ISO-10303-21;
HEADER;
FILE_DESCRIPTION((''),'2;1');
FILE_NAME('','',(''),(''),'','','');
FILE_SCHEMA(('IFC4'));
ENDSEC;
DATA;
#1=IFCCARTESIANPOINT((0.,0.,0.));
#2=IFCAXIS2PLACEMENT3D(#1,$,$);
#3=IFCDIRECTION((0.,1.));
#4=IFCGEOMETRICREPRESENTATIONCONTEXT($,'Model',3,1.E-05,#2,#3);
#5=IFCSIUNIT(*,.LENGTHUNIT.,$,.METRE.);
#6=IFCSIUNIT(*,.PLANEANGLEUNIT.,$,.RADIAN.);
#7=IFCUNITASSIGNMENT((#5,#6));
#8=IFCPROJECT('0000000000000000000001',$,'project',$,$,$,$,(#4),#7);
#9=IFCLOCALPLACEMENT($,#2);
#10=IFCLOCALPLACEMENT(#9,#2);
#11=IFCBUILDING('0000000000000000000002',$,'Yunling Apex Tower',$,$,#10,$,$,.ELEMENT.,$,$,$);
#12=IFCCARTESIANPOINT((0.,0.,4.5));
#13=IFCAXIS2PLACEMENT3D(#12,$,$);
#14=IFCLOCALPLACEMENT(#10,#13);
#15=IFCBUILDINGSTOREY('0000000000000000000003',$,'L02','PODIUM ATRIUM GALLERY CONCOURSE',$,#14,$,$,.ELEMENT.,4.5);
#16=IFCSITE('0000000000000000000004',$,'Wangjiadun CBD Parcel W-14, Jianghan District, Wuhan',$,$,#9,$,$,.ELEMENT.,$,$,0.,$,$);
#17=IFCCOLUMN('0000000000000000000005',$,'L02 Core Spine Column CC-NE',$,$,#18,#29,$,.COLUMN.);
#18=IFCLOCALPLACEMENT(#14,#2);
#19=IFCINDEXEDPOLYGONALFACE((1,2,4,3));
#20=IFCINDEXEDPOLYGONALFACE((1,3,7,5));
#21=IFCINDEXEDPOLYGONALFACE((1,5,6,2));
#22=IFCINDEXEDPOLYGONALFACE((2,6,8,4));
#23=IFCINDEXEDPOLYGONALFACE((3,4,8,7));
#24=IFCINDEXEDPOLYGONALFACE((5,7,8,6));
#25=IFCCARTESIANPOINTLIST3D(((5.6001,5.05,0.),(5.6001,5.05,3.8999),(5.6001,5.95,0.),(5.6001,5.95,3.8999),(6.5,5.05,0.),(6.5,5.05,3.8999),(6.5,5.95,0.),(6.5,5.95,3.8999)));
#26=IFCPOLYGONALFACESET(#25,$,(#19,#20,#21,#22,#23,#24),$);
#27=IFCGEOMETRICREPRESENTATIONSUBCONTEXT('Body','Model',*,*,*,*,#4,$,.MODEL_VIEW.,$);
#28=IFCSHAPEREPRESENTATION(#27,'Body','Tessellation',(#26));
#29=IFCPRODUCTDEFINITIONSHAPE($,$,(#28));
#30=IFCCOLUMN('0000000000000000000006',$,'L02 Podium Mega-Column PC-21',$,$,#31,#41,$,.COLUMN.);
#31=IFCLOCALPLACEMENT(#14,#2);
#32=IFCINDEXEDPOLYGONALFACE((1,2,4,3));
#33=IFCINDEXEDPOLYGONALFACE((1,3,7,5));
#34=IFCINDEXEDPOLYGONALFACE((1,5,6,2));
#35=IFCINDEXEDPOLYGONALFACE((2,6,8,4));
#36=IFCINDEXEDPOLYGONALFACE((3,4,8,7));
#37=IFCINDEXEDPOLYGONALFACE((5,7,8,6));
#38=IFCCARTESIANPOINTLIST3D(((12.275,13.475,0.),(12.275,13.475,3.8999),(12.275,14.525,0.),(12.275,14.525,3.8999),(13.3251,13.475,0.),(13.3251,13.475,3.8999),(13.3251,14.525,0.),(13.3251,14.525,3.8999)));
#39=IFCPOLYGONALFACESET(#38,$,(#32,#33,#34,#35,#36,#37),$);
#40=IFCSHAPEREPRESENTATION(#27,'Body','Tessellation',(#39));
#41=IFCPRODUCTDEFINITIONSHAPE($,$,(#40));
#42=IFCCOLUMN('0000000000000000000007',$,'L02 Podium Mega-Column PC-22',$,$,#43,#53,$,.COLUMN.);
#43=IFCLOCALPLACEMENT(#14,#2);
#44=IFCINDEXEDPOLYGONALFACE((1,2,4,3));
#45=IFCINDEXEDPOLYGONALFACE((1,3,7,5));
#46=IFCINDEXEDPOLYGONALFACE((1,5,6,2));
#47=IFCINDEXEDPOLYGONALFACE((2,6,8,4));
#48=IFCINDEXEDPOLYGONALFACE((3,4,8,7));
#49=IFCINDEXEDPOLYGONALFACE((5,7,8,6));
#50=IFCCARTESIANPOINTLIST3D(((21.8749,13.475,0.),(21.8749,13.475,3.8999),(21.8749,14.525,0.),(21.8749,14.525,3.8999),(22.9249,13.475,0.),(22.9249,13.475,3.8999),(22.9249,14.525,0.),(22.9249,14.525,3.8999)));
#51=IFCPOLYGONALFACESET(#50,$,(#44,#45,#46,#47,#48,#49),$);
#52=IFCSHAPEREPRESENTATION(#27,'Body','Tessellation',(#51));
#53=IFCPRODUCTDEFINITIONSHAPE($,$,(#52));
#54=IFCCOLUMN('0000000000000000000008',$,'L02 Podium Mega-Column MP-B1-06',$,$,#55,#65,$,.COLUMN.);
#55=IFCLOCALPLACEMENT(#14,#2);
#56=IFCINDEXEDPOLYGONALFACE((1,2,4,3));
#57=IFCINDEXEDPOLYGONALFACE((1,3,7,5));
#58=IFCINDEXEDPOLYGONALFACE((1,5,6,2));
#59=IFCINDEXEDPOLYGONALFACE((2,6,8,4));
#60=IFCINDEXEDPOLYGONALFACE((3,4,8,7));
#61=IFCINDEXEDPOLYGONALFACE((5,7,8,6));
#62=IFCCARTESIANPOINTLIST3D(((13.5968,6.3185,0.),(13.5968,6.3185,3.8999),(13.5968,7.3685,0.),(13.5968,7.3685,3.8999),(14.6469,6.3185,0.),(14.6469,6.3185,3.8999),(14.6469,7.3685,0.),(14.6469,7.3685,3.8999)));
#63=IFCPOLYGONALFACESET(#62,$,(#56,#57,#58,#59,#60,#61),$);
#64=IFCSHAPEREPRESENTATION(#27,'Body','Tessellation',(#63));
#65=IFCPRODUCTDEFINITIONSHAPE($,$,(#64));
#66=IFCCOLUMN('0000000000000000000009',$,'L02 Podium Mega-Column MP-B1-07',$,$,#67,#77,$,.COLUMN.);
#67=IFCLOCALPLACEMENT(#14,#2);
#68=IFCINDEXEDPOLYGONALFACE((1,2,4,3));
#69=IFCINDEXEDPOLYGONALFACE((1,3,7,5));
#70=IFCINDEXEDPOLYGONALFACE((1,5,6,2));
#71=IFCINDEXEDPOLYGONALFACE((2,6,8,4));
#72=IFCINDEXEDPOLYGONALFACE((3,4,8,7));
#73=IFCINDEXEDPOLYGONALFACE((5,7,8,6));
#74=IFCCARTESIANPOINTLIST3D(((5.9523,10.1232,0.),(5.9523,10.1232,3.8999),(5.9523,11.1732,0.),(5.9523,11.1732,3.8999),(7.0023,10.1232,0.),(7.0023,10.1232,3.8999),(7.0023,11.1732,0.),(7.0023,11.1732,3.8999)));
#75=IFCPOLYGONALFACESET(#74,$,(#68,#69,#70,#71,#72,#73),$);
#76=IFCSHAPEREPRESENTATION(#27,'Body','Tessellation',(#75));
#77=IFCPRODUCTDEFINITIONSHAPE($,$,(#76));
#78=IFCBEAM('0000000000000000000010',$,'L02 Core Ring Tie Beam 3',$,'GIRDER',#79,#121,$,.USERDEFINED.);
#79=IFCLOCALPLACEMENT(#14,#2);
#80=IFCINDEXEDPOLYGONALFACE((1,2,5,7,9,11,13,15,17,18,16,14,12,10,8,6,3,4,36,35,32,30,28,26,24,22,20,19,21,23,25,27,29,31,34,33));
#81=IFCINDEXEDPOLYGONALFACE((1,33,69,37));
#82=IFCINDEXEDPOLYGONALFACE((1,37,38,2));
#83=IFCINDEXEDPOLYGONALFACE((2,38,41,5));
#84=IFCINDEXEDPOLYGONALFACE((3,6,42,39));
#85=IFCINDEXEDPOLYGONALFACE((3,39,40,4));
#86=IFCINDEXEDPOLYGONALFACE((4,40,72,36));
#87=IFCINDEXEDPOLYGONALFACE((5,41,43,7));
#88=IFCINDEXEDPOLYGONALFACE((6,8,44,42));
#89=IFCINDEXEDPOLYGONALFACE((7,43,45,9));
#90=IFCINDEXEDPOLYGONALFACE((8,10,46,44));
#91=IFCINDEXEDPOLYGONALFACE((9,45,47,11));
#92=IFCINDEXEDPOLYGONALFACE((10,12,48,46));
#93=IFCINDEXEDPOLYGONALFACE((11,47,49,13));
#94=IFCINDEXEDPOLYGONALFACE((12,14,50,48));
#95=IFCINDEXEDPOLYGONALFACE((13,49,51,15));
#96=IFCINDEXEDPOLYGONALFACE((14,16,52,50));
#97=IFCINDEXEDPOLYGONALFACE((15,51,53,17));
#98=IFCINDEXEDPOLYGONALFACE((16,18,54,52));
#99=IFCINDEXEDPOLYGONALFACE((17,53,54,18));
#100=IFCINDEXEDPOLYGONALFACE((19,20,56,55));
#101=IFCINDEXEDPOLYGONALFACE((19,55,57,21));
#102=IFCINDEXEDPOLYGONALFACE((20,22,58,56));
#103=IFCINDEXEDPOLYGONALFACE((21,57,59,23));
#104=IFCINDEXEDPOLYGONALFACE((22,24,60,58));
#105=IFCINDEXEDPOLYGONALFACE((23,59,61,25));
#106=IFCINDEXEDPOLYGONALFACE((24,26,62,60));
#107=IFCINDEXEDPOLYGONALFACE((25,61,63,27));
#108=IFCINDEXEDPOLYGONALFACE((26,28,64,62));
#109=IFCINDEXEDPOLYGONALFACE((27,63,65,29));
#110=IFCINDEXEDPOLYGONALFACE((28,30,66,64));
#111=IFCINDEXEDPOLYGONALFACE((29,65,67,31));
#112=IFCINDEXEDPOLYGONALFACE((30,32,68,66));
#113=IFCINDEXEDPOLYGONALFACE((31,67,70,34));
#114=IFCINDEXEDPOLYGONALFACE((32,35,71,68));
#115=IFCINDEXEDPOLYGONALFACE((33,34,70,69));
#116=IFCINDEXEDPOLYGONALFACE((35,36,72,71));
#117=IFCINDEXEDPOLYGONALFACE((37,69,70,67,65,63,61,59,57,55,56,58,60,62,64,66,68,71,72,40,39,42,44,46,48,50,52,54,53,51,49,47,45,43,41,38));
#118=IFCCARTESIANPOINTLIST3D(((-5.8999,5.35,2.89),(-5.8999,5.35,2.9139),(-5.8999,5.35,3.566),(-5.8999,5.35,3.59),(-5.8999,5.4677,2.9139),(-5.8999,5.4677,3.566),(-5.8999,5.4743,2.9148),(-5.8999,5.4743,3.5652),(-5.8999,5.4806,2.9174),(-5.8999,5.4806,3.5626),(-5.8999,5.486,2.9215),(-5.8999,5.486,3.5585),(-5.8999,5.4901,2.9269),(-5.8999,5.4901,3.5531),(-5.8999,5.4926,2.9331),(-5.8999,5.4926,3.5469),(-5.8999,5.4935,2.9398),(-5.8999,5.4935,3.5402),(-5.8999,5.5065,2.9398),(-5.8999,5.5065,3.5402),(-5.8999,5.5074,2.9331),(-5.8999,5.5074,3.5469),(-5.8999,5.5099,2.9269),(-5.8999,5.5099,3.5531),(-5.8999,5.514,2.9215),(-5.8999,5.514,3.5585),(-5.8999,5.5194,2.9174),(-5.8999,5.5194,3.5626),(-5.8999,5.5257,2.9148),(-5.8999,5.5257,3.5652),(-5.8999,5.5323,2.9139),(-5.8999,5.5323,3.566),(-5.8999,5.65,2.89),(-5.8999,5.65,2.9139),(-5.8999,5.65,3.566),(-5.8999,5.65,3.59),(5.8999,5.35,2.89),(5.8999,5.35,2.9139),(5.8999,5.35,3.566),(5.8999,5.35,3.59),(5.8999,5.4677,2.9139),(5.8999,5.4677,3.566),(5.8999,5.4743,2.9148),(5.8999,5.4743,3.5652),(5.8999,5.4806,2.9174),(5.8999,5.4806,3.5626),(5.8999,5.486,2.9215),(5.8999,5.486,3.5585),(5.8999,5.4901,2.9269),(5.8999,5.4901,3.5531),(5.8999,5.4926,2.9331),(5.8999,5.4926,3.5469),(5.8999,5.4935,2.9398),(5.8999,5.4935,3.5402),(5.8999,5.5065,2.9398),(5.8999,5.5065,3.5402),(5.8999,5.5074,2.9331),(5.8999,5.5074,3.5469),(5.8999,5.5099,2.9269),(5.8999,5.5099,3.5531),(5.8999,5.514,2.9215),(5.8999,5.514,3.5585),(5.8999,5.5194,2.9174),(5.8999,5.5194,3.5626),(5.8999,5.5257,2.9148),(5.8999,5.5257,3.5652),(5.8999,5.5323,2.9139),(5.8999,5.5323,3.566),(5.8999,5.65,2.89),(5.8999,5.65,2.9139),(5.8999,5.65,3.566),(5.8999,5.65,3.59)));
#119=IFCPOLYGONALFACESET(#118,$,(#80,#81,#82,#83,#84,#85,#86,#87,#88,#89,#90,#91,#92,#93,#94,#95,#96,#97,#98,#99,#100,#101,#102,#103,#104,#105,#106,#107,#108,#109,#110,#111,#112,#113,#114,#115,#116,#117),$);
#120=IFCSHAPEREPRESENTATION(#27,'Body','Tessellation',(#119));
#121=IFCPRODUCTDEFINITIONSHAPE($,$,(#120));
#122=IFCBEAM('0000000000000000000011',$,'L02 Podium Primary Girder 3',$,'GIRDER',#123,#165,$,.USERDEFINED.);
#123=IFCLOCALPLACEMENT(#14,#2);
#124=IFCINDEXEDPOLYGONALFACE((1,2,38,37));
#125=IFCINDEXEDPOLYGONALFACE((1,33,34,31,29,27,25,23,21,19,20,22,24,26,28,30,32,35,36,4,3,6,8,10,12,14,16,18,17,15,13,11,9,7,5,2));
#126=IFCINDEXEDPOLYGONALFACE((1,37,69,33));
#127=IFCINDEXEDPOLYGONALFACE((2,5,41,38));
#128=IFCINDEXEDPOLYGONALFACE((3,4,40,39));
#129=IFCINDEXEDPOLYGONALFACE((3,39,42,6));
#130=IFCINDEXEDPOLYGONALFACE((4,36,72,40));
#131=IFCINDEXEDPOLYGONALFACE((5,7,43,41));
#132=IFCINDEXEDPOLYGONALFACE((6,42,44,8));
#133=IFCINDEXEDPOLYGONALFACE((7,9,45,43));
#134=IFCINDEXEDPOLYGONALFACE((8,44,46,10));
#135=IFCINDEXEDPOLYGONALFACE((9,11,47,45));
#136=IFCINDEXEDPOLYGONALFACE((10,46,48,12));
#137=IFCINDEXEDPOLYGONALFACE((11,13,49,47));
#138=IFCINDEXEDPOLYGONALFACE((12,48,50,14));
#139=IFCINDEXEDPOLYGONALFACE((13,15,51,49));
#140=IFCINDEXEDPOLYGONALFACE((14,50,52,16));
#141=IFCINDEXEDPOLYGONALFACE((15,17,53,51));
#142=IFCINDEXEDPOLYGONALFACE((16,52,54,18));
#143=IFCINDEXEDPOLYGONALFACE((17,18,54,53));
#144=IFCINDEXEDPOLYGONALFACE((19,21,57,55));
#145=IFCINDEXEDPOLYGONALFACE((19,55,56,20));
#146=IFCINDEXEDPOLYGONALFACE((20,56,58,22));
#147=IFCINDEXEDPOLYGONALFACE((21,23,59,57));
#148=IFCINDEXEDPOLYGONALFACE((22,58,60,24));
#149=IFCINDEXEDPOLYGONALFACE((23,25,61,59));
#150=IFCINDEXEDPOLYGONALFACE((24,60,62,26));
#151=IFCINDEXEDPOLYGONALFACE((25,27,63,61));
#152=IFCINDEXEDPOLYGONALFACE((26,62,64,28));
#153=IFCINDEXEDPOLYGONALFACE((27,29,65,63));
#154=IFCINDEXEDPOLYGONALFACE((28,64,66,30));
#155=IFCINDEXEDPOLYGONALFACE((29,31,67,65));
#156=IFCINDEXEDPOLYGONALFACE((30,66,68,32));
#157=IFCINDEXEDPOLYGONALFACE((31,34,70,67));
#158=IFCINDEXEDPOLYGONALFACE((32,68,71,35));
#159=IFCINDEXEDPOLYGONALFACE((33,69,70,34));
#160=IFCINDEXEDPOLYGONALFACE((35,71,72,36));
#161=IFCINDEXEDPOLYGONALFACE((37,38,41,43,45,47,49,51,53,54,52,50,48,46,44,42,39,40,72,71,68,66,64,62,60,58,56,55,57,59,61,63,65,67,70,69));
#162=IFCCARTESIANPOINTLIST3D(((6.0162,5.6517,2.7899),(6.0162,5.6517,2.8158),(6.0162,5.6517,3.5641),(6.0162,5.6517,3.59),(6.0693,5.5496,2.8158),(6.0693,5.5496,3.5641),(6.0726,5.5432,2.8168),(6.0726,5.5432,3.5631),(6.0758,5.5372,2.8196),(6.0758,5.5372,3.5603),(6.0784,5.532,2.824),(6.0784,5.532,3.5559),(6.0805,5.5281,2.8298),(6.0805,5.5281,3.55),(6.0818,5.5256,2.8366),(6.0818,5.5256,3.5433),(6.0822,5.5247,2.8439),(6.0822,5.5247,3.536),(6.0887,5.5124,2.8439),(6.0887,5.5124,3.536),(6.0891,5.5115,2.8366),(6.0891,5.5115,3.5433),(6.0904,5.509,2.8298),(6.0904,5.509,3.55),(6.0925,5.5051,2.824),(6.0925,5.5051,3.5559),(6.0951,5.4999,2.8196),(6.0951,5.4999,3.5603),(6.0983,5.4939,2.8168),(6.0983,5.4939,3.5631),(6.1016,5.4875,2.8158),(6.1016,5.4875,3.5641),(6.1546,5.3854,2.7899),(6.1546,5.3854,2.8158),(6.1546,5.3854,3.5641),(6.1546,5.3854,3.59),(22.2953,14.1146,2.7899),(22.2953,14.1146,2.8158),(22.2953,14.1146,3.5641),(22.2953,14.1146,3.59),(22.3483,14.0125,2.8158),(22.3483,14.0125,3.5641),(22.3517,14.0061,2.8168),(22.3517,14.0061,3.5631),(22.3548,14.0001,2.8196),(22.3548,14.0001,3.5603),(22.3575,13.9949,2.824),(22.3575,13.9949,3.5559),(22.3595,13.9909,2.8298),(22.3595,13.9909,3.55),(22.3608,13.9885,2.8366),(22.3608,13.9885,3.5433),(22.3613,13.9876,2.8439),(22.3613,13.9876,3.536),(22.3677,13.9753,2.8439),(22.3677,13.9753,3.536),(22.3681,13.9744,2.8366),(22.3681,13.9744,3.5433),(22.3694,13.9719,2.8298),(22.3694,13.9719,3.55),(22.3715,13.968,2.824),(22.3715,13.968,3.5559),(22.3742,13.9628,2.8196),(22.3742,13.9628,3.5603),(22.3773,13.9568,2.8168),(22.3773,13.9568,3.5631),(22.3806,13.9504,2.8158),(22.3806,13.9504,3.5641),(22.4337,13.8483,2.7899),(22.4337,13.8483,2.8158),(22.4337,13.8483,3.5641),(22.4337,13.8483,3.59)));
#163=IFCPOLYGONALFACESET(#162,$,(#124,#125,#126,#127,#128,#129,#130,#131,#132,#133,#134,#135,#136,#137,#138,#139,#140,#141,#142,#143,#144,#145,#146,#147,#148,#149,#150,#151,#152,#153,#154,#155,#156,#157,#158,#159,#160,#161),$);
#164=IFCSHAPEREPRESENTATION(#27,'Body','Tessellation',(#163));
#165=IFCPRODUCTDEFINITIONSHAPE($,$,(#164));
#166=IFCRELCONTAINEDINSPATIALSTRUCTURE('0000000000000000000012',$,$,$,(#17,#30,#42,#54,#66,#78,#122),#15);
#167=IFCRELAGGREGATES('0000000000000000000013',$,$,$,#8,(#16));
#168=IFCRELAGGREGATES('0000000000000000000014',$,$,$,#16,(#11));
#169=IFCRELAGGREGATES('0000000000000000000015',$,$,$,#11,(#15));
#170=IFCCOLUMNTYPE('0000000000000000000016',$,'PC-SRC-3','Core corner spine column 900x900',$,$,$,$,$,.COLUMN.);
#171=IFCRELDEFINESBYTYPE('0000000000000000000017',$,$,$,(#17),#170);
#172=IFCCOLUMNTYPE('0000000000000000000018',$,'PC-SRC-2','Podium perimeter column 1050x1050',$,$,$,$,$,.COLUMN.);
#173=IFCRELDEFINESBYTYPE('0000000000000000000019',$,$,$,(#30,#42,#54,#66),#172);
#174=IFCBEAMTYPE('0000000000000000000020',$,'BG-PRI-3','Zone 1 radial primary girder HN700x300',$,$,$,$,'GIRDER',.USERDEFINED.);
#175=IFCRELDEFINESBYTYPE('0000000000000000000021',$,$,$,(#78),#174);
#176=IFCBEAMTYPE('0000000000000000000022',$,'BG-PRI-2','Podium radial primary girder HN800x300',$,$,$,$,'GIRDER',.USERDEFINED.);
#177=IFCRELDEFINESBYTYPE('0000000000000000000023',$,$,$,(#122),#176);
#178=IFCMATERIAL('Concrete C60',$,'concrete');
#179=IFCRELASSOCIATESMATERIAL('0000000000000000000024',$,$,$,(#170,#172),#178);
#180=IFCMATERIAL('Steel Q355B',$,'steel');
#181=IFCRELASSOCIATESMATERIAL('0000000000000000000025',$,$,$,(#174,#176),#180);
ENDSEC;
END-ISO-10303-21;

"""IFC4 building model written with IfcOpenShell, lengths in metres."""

from ifc_helpers import new_model, si_unit, direction, frame, origin, origin_2d, place, context, subcontext, project, spatial, rectangle, i_section, extrude, source, transform, mapped, material, material_profile, profile_set, type_object, element, save


model = new_model("IFC4")

# Units and contexts
model_context = context("Model", 3, precision=1e-05, world=origin(), true_north=direction((0.0, 1.0)))
body_context = subcontext(model_context, "Body", "Model", "MODEL_VIEW")
ifc_project = project(units=[si_unit("LENGTHUNIT", "METRE"), si_unit("PLANEANGLEUNIT", "RADIAN")], contexts=[model_context])

# Site, building, storey
site_placement = place(None, origin())
site = spatial("IfcSite", under=ifc_project, at=site_placement, Name="Wangjiadun CBD Parcel W-14, Jianghan District, Wuhan", CompositionType="ELEMENT", RefElevation=0.0)
building_placement = place(site_placement, origin())
building = spatial("IfcBuilding", under=site, at=building_placement, Name="Yunling Apex Tower", CompositionType="ELEMENT")
storey_placement = place(building_placement, frame((0.0, 0.0, 4.5)))
storey = spatial("IfcBuildingStorey", under=building, at=storey_placement, Name="L02", Description="PODIUM ATRIUM GALLERY CONCOURSE", CompositionType="ELEMENT", Elevation=4.5)

# Columns
ifc_material_1 = material(Name="Concrete C60", Category="concrete")
ifc_material_profile_1 = material_profile(ifc_material_1, rectangle(XDim=0.8999, YDim=0.8999, at=origin_2d()))
ifc_profile_set_1 = profile_set([ifc_material_profile_1], Name="Concrete C60")
column_type_1 = type_object("IfcColumnType", Name="PC-SRC-3", Description="Core corner spine column 900x900", PredefinedType="COLUMN", material=ifc_profile_set_1)
shared_shape_1 = source(origin(), body_context, "Body", "SweptSolid", [
    extrude(rectangle(XDim=0.8999, YDim=0.8999, at=origin_2d()), origin(), (0.0, 0.0, 1.0), 3.8999),
])
column_placement = place(storey_placement, frame((6.05, 5.5, 0.0), z_axis=(0.0, 0.0, 1.0), x_axis=(1.0, 0.0, 0.0)))
element("IfcColumn", 1, at=column_placement, inside=storey, type_object=column_type_1, Name="L02 Core Spine Column CC-NE", PredefinedType="COLUMN", context=body_context, shape_type="MappedRepresentation", body=[
    mapped(shared_shape_1, transform((0.0, 0.0, 0.0), scale=1.0)),
])
ifc_material_profile_2 = material_profile(ifc_material_1, rectangle(XDim=1.05, YDim=1.05, at=origin_2d()))
ifc_profile_set_2 = profile_set([ifc_material_profile_2], Name="Concrete C60")
column_type_2 = type_object("IfcColumnType", Name="PC-SRC-2", Description="Podium perimeter column 1050x1050", PredefinedType="COLUMN", material=ifc_profile_set_2)
shared_shape_2 = source(origin(), body_context, "Body", "SweptSolid", [
    extrude(rectangle(XDim=1.05, YDim=1.05, at=origin_2d()), origin(), (0.0, 0.0, 1.0), 3.8999),
])
for number, where, z_axis, x_axis, name in (
    (2, (12.8, 14.0, 0.0), (0.0, 0.0, 1.0), (1.0, 0.0, 0.0), "L02 Podium Mega-Column PC-21"),
    (3, (22.3999, 14.0, 0.0), (0.0, 0.0, 1.0), (1.0, 0.0, 0.0), "L02 Podium Mega-Column PC-22"),
    (4, (14.1218, 6.8435, 0.0), (0.0, 0.0, 1.0), (1.0, 0.0, 0.0), "L02 Podium Mega-Column MP-B1-06"),
    (5, (6.4773, 10.6482, 0.0), (0.0, 0.0, 1.0), (1.0, 0.0, 0.0), "L02 Podium Mega-Column MP-B1-07"),
):
    element("IfcColumn", number, at=place(storey_placement, frame(where, z_axis=z_axis, x_axis=x_axis)), inside=storey, type_object=column_type_2, Name=name, PredefinedType="COLUMN", context=body_context, shape_type="MappedRepresentation", body=[
        mapped(shared_shape_2, transform((0.0, 0.0, 0.0), scale=1.0)),
    ])

# Beams
ifc_material_2 = material(Name="Steel Q355B", Category="steel")
ifc_material_profile_3 = material_profile(ifc_material_2, i_section(OverallWidth=0.3, OverallDepth=0.7, WebThickness=0.0129, FlangeThickness=0.0239, FilletRadius=0.0259, at=origin_2d()))
ifc_profile_set_3 = profile_set([ifc_material_profile_3], Name="Steel Q355B")
beam_type_1 = type_object("IfcBeamType", Name="BG-PRI-3", Description="Zone 1 radial primary girder HN700x300", ElementType="GIRDER", PredefinedType="USERDEFINED", material=ifc_profile_set_3)
shared_shape_3 = source(origin(), body_context, "Body", "SweptSolid", [
    extrude(i_section(OverallWidth=0.3, OverallDepth=0.7, WebThickness=0.0129, FlangeThickness=0.0239, FilletRadius=0.0259, at=origin_2d()), origin(), (0.0, 0.0, 1.0), 11.7998),
])
beam_1_placement = place(storey_placement, frame((5.8999, 5.5, 3.24), z_axis=(-1.0, 0.0, 0.0), x_axis=(0.0, -1.0, 0.0)))
element("IfcBeam", 6, at=beam_1_placement, inside=storey, type_object=beam_type_1, Name="L02 Core Ring Tie Beam 3", ObjectType="GIRDER", PredefinedType="USERDEFINED", context=body_context, shape_type="MappedRepresentation", body=[
    mapped(shared_shape_3, transform((0.0, 0.0, 0.0), scale=1.0)),
])
ifc_material_profile_4 = material_profile(ifc_material_2, i_section(OverallWidth=0.3, OverallDepth=0.8, WebThickness=0.0139, FlangeThickness=0.0259, FilletRadius=0.0281, at=origin_2d()))
ifc_profile_set_4 = profile_set([ifc_material_profile_4], Name="Steel Q355B")
beam_type_2 = type_object("IfcBeamType", Name="BG-PRI-2", Description="Podium radial primary girder HN800x300", ElementType="GIRDER", PredefinedType="USERDEFINED", material=ifc_profile_set_4)
shared_shape_4 = source(origin(), body_context, "Body", "SweptSolid", [
    extrude(i_section(OverallWidth=0.3, OverallDepth=0.8, WebThickness=0.0139, FlangeThickness=0.0259, FilletRadius=0.0281, at=origin_2d()), origin(), (0.0, 0.0, 1.0), 18.3474),
])
beam_2_placement = place(storey_placement, frame((6.0854, 5.5186, 3.1899), z_axis=(0.887266, 0.461258, 0.0), x_axis=(-0.461258, 0.887266, 0.0)))
element("IfcBeam", 7, at=beam_2_placement, inside=storey, type_object=beam_type_2, Name="L02 Podium Primary Girder 3", ObjectType="GIRDER", PredefinedType="USERDEFINED", context=body_context, shape_type="MappedRepresentation", body=[
    mapped(shared_shape_4, transform((0.0, 0.0, 0.0), scale=1.0)),
])

save(model, "model.ifc")
